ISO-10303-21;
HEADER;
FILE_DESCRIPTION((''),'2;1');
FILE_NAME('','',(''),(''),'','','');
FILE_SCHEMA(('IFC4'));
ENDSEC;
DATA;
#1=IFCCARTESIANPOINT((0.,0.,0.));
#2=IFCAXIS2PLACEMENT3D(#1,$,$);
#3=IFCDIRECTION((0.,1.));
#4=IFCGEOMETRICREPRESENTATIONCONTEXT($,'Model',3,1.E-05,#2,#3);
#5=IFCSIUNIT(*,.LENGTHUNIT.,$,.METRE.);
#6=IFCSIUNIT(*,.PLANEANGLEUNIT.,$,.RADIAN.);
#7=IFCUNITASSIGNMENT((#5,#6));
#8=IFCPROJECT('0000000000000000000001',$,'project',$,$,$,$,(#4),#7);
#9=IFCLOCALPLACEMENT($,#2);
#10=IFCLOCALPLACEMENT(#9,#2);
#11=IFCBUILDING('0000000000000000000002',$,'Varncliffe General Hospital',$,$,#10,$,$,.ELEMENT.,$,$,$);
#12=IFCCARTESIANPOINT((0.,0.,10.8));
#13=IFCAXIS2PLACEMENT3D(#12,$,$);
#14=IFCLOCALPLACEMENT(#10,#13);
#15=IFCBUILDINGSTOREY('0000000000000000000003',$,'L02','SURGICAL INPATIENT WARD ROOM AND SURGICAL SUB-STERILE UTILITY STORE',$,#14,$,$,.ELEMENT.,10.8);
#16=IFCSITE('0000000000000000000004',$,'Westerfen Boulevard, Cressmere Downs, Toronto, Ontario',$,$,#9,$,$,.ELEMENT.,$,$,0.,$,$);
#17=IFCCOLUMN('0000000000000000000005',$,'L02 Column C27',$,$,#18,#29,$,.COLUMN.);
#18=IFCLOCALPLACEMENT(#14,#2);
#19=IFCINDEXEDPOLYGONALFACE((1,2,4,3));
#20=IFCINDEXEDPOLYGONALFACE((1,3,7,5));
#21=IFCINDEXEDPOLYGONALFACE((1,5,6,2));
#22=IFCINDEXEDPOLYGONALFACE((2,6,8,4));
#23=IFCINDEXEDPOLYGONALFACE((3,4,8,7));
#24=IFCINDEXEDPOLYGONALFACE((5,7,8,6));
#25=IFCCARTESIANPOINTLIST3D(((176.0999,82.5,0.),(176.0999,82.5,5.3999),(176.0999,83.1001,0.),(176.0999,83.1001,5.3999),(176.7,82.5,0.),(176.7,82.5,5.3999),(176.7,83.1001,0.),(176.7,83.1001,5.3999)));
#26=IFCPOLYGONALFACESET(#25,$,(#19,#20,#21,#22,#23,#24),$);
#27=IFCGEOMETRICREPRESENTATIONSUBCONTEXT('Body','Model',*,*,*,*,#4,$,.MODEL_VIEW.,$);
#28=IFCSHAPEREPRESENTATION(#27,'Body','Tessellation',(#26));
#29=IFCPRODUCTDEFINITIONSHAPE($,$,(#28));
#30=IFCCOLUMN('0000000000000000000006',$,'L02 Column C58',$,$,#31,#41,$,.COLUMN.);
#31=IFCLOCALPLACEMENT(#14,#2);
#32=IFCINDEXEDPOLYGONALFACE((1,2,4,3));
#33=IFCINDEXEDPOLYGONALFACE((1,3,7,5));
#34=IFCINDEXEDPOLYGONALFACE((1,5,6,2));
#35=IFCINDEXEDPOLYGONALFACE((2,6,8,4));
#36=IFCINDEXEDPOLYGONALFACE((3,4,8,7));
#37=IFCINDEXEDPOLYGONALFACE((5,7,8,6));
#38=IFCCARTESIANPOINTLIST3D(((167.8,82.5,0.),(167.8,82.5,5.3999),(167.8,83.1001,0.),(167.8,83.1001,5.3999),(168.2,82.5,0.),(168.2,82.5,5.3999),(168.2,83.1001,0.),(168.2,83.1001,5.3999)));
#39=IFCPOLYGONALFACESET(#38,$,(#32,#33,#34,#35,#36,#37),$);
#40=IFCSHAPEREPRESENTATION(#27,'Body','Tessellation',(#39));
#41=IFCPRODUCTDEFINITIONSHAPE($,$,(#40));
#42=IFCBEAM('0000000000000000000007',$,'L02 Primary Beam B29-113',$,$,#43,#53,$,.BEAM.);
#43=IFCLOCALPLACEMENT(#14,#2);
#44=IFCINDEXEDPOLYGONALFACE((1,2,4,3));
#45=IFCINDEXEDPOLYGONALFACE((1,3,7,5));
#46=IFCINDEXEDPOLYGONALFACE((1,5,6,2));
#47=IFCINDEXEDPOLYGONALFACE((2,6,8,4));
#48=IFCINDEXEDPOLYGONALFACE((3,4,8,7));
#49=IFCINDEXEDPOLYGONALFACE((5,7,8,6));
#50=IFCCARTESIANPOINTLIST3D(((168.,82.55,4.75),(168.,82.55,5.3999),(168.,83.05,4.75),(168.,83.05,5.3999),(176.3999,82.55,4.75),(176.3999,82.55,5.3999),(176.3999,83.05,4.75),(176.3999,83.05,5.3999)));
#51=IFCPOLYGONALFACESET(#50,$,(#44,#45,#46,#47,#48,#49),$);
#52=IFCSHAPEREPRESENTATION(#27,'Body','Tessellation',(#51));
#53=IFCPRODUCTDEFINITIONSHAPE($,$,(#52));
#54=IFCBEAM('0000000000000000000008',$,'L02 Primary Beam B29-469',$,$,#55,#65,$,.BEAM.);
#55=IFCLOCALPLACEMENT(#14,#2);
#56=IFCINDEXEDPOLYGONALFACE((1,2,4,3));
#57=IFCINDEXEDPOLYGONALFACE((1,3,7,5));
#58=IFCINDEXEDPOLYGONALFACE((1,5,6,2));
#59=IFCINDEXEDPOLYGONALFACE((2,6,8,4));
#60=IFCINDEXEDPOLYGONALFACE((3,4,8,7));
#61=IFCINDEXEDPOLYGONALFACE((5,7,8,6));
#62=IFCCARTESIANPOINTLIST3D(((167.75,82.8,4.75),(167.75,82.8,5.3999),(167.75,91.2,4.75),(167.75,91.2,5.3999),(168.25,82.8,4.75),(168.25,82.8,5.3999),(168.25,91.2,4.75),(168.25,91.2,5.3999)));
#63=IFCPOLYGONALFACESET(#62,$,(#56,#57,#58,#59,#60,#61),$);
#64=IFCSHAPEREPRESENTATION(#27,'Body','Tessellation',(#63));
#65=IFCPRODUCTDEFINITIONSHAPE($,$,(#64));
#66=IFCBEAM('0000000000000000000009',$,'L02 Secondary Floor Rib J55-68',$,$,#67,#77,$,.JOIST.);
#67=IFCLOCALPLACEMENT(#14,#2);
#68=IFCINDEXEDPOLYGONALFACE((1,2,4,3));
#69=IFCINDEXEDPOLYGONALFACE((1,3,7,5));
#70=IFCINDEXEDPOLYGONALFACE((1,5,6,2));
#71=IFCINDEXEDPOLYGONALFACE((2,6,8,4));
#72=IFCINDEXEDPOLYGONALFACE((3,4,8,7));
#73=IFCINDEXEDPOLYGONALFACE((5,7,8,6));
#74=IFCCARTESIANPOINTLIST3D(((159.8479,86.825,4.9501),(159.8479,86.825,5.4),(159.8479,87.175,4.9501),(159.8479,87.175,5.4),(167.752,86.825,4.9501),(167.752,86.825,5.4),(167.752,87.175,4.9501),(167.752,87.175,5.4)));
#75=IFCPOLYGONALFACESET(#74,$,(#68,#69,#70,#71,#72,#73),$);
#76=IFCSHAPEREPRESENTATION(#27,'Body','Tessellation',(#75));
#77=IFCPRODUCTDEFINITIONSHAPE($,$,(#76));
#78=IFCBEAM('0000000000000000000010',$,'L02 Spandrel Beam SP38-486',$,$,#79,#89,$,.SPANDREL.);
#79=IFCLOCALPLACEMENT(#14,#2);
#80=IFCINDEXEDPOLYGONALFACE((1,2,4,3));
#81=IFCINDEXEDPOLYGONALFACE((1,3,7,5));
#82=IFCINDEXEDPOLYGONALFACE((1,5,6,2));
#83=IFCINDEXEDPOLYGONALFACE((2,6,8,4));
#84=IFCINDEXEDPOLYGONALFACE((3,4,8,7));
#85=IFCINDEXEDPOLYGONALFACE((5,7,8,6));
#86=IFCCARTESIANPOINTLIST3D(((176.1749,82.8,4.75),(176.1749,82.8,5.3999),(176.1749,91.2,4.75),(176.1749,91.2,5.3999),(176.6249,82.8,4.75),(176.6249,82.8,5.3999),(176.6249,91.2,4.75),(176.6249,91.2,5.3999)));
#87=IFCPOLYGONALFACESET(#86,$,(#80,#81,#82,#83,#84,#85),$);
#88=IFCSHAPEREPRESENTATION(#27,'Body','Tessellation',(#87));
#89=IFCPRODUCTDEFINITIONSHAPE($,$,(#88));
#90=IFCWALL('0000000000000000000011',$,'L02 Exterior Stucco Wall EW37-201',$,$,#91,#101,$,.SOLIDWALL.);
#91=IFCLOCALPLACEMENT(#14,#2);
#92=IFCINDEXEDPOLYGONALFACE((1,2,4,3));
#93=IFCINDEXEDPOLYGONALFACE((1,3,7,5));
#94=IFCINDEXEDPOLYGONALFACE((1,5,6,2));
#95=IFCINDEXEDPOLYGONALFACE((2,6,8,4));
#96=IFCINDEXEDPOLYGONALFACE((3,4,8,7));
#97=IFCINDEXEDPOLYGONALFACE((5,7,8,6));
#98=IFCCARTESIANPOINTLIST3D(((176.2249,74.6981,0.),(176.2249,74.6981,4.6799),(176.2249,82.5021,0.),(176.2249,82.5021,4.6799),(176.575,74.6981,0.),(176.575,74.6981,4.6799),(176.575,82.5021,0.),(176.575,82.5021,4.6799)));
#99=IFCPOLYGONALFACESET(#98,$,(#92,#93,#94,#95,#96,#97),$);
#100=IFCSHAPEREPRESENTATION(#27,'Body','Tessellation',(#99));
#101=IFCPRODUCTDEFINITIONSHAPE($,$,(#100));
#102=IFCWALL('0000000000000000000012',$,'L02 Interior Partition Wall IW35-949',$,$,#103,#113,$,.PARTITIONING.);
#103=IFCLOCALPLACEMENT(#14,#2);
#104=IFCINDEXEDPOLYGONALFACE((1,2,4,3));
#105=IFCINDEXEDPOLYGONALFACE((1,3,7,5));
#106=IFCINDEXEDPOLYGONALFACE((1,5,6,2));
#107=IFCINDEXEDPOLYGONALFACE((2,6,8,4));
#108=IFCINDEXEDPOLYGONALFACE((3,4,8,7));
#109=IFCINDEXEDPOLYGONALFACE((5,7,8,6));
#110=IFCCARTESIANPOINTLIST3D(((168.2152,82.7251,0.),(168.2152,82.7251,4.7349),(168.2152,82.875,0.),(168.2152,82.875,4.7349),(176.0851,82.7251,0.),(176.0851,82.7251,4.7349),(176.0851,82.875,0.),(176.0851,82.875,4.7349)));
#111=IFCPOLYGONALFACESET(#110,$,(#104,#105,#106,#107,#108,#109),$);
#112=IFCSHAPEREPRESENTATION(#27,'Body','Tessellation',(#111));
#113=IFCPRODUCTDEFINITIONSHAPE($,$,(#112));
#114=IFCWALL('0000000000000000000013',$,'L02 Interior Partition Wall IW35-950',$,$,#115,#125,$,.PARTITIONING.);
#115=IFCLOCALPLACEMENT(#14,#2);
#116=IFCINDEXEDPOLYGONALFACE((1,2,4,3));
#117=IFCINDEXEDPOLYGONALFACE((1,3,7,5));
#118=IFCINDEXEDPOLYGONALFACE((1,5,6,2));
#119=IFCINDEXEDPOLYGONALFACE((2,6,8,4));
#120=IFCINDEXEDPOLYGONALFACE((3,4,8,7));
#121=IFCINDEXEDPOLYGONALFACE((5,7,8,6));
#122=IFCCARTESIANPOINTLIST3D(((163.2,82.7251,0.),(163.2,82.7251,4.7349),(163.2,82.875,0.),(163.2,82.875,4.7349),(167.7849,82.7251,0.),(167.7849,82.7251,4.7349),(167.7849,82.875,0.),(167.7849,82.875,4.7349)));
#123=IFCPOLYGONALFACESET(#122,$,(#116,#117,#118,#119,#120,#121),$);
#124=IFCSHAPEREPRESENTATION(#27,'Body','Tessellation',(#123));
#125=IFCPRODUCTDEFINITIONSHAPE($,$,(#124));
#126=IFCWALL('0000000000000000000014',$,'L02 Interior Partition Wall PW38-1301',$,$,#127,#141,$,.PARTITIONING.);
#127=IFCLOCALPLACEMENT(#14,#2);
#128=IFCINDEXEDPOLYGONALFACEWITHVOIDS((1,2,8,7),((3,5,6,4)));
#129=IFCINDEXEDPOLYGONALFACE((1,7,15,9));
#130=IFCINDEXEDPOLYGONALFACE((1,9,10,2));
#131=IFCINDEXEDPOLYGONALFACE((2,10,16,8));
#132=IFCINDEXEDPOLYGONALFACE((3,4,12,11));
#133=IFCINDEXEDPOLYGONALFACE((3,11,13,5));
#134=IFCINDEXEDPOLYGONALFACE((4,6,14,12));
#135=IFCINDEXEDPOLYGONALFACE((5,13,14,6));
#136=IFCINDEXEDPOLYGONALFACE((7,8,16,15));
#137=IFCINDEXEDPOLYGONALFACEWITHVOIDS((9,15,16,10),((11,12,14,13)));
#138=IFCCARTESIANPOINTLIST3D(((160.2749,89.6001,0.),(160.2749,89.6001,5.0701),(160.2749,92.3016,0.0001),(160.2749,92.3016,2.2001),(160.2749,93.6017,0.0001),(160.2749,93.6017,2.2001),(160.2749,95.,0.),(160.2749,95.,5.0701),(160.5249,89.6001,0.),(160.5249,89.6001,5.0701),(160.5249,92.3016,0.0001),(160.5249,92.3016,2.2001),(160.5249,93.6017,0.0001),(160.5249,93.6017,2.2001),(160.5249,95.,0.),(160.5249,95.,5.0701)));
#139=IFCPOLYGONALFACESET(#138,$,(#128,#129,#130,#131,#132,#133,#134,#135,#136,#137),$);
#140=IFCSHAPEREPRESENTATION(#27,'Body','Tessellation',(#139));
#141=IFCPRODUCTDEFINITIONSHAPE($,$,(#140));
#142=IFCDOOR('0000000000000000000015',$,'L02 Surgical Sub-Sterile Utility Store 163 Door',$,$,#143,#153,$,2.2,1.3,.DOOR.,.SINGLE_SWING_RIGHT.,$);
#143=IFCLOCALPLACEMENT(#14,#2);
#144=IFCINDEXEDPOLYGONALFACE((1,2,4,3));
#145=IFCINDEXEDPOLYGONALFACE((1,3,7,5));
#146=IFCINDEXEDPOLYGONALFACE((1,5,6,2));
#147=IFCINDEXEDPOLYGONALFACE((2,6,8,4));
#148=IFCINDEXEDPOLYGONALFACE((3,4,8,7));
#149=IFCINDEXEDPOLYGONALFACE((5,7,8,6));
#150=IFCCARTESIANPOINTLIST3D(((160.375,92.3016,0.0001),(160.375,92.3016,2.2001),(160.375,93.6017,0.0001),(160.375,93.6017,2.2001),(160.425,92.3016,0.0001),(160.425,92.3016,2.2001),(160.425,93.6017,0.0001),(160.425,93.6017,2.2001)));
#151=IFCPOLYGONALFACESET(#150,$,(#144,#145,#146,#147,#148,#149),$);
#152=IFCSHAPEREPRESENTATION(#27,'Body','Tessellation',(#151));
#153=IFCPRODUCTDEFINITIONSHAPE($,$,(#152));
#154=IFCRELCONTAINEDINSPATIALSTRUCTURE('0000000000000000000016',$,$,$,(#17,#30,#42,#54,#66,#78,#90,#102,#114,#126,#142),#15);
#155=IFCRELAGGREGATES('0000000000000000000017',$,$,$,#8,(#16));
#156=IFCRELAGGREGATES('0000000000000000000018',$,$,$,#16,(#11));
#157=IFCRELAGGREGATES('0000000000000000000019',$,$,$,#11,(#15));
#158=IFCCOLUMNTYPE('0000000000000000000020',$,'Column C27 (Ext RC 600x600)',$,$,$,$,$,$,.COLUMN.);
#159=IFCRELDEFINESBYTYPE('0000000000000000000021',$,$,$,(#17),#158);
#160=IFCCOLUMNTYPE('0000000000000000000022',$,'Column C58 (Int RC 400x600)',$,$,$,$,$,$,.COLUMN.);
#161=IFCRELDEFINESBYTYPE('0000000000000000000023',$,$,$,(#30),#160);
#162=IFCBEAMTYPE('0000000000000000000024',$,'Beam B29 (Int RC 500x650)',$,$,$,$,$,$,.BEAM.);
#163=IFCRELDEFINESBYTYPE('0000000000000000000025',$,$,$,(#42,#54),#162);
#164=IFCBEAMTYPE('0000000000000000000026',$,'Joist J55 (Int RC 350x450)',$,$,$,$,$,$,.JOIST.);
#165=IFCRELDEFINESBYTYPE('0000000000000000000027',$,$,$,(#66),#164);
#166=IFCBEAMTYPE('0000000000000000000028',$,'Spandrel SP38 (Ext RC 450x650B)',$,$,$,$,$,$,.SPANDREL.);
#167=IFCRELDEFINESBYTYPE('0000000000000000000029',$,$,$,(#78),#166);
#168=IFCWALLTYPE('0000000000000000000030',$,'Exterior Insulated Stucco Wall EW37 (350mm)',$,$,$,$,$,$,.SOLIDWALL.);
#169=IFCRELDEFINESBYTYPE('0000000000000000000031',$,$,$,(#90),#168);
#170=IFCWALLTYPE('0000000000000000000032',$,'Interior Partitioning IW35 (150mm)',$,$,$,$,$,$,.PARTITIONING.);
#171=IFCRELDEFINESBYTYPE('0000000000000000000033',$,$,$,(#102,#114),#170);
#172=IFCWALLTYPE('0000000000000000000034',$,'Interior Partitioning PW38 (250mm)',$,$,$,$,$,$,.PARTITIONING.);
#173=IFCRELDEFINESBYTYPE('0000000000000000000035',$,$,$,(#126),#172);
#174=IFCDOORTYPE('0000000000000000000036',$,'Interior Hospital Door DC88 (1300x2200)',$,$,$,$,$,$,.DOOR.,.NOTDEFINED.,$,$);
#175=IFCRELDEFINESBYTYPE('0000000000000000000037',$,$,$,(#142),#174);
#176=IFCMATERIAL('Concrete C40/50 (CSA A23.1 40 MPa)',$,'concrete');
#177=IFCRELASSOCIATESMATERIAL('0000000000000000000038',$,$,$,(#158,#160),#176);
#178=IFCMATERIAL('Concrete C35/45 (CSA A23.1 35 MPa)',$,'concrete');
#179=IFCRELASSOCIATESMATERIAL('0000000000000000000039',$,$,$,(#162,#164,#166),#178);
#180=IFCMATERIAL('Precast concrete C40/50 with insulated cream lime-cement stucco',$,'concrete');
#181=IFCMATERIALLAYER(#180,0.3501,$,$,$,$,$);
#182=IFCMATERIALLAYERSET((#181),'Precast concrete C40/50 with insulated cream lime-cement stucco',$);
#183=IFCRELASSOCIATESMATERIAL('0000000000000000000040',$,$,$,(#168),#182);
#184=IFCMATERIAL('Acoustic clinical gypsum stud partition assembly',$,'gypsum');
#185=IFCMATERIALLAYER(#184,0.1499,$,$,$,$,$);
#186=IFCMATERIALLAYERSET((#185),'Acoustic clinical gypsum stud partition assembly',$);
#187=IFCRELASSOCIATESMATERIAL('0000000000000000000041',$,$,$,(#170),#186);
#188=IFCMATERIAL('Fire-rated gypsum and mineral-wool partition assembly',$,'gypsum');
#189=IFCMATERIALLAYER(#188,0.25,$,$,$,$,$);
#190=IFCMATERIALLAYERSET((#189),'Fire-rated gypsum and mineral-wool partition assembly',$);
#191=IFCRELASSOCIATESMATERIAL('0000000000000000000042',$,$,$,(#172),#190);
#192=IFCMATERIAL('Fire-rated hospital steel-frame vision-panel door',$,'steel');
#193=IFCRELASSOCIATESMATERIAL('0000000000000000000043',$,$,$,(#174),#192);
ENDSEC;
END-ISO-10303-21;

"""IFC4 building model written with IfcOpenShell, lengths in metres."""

from ifc_helpers import new_model, si_unit, direction, frame, frame_2d, origin, origin_2d, place, context, subcontext, project, spatial, rectangle, extrude, material, layer, layer_set, material_profile, profile_set, type_object, element, fill, save


model = new_model("IFC4")

# Units and contexts
model_context = context("Model", 3, precision=1e-05, world=origin(), true_north=direction((0.0, 1.0)))
body_context = subcontext(model_context, "Body", "Model", "MODEL_VIEW")
ifc_project = project(units=[si_unit("LENGTHUNIT", "METRE"), si_unit("PLANEANGLEUNIT", "RADIAN")], contexts=[model_context])

# Site, building, storey
site_placement = place(None, origin())
site = spatial("IfcSite", under=ifc_project, at=site_placement, Name="Westerfen Boulevard, Cressmere Downs, Toronto, Ontario", CompositionType="ELEMENT", RefElevation=0.0)
building_placement = place(site_placement, origin())
building = spatial("IfcBuilding", under=site, at=building_placement, Name="Varncliffe General Hospital", CompositionType="ELEMENT")
storey_placement = place(building_placement, frame((0.0, 0.0, 10.8)))
storey = spatial("IfcBuildingStorey", under=building, at=storey_placement, Name="L02", Description="SURGICAL INPATIENT WARD ROOM AND SURGICAL SUB-STERILE UTILITY STORE", CompositionType="ELEMENT", Elevation=10.8)

# Columns
ifc_material_1 = material(Name="Concrete C40/50 (CSA A23.1 40 MPa)", Category="concrete")
ifc_material_profile_1 = material_profile(ifc_material_1, rectangle(XDim=0.6001, YDim=0.6001, at=origin_2d()), Name="RC 600x600")
ifc_profile_set_1 = profile_set([ifc_material_profile_1], Name="Concrete C40/50 (CSA A23.1 40 MPa)")
column_type_1 = type_object("IfcColumnType", Name="Column C27 (Ext RC 600x600)", PredefinedType="COLUMN", material=ifc_profile_set_1)
column_1_placement = place(storey_placement, frame((176.3999, 82.8, 0.0), z_axis=(0.0, 0.0, 1.0), x_axis=(1.0, 0.0, 0.0)))
element("IfcColumn", 1, at=column_1_placement, inside=storey, type_object=column_type_1, Name="L02 Column C27", PredefinedType="COLUMN", context=body_context, shape_type="SweptSolid", body=[
    extrude(rectangle(XDim=0.6001, YDim=0.6001, at=origin_2d()), origin(), (0.0, 0.0, 1.0), 5.3999),
])
ifc_material_profile_2 = material_profile(ifc_material_1, rectangle(XDim=0.3999, YDim=0.6001, at=origin_2d()), Name="RC 400x600")
ifc_profile_set_2 = profile_set([ifc_material_profile_2], Name="Concrete C40/50 (CSA A23.1 40 MPa)")
column_type_2 = type_object("IfcColumnType", Name="Column C58 (Int RC 400x600)", PredefinedType="COLUMN", material=ifc_profile_set_2)
column_2_placement = place(storey_placement, frame((168.0, 82.8, 0.0), z_axis=(0.0, 0.0, 1.0), x_axis=(1.0, 0.0, 0.0)))
element("IfcColumn", 2, at=column_2_placement, inside=storey, type_object=column_type_2, Name="L02 Column C58", PredefinedType="COLUMN", context=body_context, shape_type="SweptSolid", body=[
    extrude(rectangle(XDim=0.3999, YDim=0.6001, at=origin_2d()), origin(), (0.0, 0.0, 1.0), 5.3999),
])

# Beams
ifc_material_2 = material(Name="Concrete C35/45 (CSA A23.1 35 MPa)", Category="concrete")
ifc_material_profile_3 = material_profile(ifc_material_2, rectangle(XDim=0.5, YDim=0.6499, at=origin_2d()), Name="RC 500x650")
ifc_profile_set_3 = profile_set([ifc_material_profile_3], Name="Concrete C35/45 (CSA A23.1 35 MPa)")
beam_type_1 = type_object("IfcBeamType", Name="Beam B29 (Int RC 500x650)", PredefinedType="BEAM", material=ifc_profile_set_3)
for number, where, z_axis, x_axis, name in (
    (3, (168.0, 82.8, 5.075), (1.0, 0.0, 0.0), (0.0, 1.0, 0.0), "L02 Primary Beam B29-113"),
    (4, (168.0, 82.8, 5.075), (0.0, 1.0, 0.0), (-1.0, 0.0, 0.0), "L02 Primary Beam B29-469"),
):
    element("IfcBeam", number, at=place(storey_placement, frame(where, z_axis=z_axis, x_axis=x_axis)), inside=storey, type_object=beam_type_1, Name=name, PredefinedType="BEAM", context=body_context, shape_type="SweptSolid", body=[
        extrude(rectangle(XDim=0.5, YDim=0.6499, at=origin_2d()), origin(), (0.0, 0.0, 1.0), 8.3999),
    ])
ifc_material_profile_4 = material_profile(ifc_material_2, rectangle(XDim=0.3501, YDim=0.45, at=origin_2d()), Name="RC 350x450")
ifc_profile_set_4 = profile_set([ifc_material_profile_4], Name="Concrete C35/45 (CSA A23.1 35 MPa)")
beam_type_2 = type_object("IfcBeamType", Name="Joist J55 (Int RC 350x450)", PredefinedType="JOIST", material=ifc_profile_set_4)
beam_1_placement = place(storey_placement, frame((159.8479, 87.0, 5.175), z_axis=(1.0, 0.0, 0.0), x_axis=(0.0, 1.0, 0.0)))
element("IfcBeam", 5, at=beam_1_placement, inside=storey, type_object=beam_type_2, Name="L02 Secondary Floor Rib J55-68", PredefinedType="JOIST", context=body_context, shape_type="SweptSolid", body=[
    extrude(rectangle(XDim=0.3501, YDim=0.45, at=origin_2d()), origin(), (0.0, 0.0, 1.0), 7.9041),
])
ifc_material_profile_5 = material_profile(ifc_material_2, rectangle(XDim=0.45, YDim=0.6499, at=origin_2d()), Name="RC 450x650")
ifc_profile_set_5 = profile_set([ifc_material_profile_5], Name="Concrete C35/45 (CSA A23.1 35 MPa)")
beam_type_3 = type_object("IfcBeamType", Name="Spandrel SP38 (Ext RC 450x650B)", PredefinedType="SPANDREL", material=ifc_profile_set_5)
beam_2_placement = place(storey_placement, frame((176.3999, 82.8, 5.075), z_axis=(0.0, 1.0, 0.0), x_axis=(-1.0, 0.0, 0.0)))
element("IfcBeam", 6, at=beam_2_placement, inside=storey, type_object=beam_type_3, Name="L02 Spandrel Beam SP38-486", PredefinedType="SPANDREL", context=body_context, shape_type="SweptSolid", body=[
    extrude(rectangle(XDim=0.45, YDim=0.6499, at=origin_2d()), origin(), (0.0, 0.0, 1.0), 8.3999),
])

# Walls
ifc_material_3 = material(Name="Precast concrete C40/50 with insulated cream lime-cement stucco", Category="concrete")
ifc_layer_1 = layer(ifc_material_3, 0.3501)
ifc_layer_set_1 = layer_set([ifc_layer_1], Name="Precast concrete C40/50 with insulated cream lime-cement stucco")
wall_type_1 = type_object("IfcWallType", Name="Exterior Insulated Stucco Wall EW37 (350mm)", PredefinedType="SOLIDWALL", material=ifc_layer_set_1)
wall_1_placement = place(storey_placement, frame((176.3999, 82.502, 0.0), z_axis=(0.0, 0.0, 1.0), x_axis=(0.0, -1.0, 0.0)))
element("IfcWall", 7, at=wall_1_placement, inside=storey, type_object=wall_type_1, Name="L02 Exterior Stucco Wall EW37-201", PredefinedType="SOLIDWALL", context=body_context, shape_type="SweptSolid", body=[
    extrude(rectangle(XDim=7.804, YDim=0.3501, at=frame_2d((3.9019, 0.0))), origin(), (0.0, 0.0, 1.0), 4.6799),
])
ifc_material_4 = material(Name="Acoustic clinical gypsum stud partition assembly", Category="gypsum")
ifc_layer_2 = layer(ifc_material_4, 0.1499)
ifc_layer_set_2 = layer_set([ifc_layer_2], Name="Acoustic clinical gypsum stud partition assembly")
wall_type_2 = type_object("IfcWallType", Name="Interior Partitioning IW35 (150mm)", PredefinedType="PARTITIONING", material=ifc_layer_set_2)
wall_2_placement = place(storey_placement, frame((168.2151, 82.8, 0.0), z_axis=(0.0, 0.0, 1.0), x_axis=(1.0, 0.0, 0.0)))
element("IfcWall", 8, at=wall_2_placement, inside=storey, type_object=wall_type_2, Name="L02 Interior Partition Wall IW35-949", PredefinedType="PARTITIONING", context=body_context, shape_type="SweptSolid", body=[
    extrude(rectangle(XDim=7.8699, YDim=0.1499, at=frame_2d((3.9351, 0.0))), origin(), (0.0, 0.0, 1.0), 4.7349),
])
wall_3_placement = place(storey_placement, frame((163.2, 82.8, 0.0), z_axis=(0.0, 0.0, 1.0), x_axis=(1.0, 0.0, 0.0)))
element("IfcWall", 9, at=wall_3_placement, inside=storey, type_object=wall_type_2, Name="L02 Interior Partition Wall IW35-950", PredefinedType="PARTITIONING", context=body_context, shape_type="SweptSolid", body=[
    extrude(rectangle(XDim=4.585, YDim=0.1499, at=frame_2d((2.2925, 0.0))), origin(), (0.0, 0.0, 1.0), 4.7349),
])

# Wall, opening, door
ifc_material_5 = material(Name="Fire-rated gypsum and mineral-wool partition assembly", Category="gypsum")
ifc_layer_3 = layer(ifc_material_5, 0.25)
ifc_layer_set_3 = layer_set([ifc_layer_3], Name="Fire-rated gypsum and mineral-wool partition assembly")
wall_type_3 = type_object("IfcWallType", Name="Interior Partitioning PW38 (250mm)", PredefinedType="PARTITIONING", material=ifc_layer_set_3)
wall_4_placement = place(storey_placement, frame((160.3999, 89.6001, 0.0), z_axis=(0.0, 0.0, 1.0), x_axis=(0.0, 1.0, 0.0)))
wall_4 = element("IfcWall", 10, at=wall_4_placement, inside=storey, type_object=wall_type_3, Name="L02 Interior Partition Wall PW38-1301", PredefinedType="PARTITIONING", context=body_context, shape_type="SweptSolid", body=[
    extrude(rectangle(XDim=5.3999, YDim=0.25, at=frame_2d((2.7, 0.0))), origin(), (0.0, 0.0, 1.0), 5.0701),
])
opening_1_placement = place(wall_4_placement, frame((2.7017, 0.0, 0.0)))
opening_1 = element("IfcOpeningElement", 11, at=opening_1_placement, cuts=wall_4, PredefinedType="OPENING", context=body_context, shape_type="SweptSolid", body=[
    extrude(rectangle(XDim=1.3, YDim=2.2, at=frame_2d((0.6499, 1.1001))), frame((0.0, 0.135, 0.0), z_axis=(0.0, -1.0, 0.0), x_axis=(1.0, 0.0, 0.0)), (0.0, 0.0, 1.0), 0.27),
])
ifc_material_6 = material(Name="Fire-rated hospital steel-frame vision-panel door", Category="steel")
door_type_1 = type_object("IfcDoorType", Name="Interior Hospital Door DC88 (1300x2200)", OperationType="NOTDEFINED", PredefinedType="DOOR", material=ifc_material_6)
door_1_placement = place(opening_1_placement, origin())
door_1 = element("IfcDoor", 12, at=door_1_placement, inside=storey, type_object=door_type_1, Name="L02 Surgical Sub-Sterile Utility Store 163 Door", OperationType="SINGLE_SWING_RIGHT", OverallHeight=2.2, OverallWidth=1.3, PredefinedType="DOOR", context=body_context, shape_type="SweptSolid", body=[
    extrude(rectangle(XDim=1.3, YDim=2.2, at=frame_2d((0.6499, 1.1001))), frame((0.0, 0.0249, 0.0), z_axis=(0.0, -1.0, 0.0), x_axis=(1.0, 0.0, 0.0)), (0.0, 0.0, 1.0), 0.05),
])
fill(opening_1, door_1)

save(model, "model.ifc")
